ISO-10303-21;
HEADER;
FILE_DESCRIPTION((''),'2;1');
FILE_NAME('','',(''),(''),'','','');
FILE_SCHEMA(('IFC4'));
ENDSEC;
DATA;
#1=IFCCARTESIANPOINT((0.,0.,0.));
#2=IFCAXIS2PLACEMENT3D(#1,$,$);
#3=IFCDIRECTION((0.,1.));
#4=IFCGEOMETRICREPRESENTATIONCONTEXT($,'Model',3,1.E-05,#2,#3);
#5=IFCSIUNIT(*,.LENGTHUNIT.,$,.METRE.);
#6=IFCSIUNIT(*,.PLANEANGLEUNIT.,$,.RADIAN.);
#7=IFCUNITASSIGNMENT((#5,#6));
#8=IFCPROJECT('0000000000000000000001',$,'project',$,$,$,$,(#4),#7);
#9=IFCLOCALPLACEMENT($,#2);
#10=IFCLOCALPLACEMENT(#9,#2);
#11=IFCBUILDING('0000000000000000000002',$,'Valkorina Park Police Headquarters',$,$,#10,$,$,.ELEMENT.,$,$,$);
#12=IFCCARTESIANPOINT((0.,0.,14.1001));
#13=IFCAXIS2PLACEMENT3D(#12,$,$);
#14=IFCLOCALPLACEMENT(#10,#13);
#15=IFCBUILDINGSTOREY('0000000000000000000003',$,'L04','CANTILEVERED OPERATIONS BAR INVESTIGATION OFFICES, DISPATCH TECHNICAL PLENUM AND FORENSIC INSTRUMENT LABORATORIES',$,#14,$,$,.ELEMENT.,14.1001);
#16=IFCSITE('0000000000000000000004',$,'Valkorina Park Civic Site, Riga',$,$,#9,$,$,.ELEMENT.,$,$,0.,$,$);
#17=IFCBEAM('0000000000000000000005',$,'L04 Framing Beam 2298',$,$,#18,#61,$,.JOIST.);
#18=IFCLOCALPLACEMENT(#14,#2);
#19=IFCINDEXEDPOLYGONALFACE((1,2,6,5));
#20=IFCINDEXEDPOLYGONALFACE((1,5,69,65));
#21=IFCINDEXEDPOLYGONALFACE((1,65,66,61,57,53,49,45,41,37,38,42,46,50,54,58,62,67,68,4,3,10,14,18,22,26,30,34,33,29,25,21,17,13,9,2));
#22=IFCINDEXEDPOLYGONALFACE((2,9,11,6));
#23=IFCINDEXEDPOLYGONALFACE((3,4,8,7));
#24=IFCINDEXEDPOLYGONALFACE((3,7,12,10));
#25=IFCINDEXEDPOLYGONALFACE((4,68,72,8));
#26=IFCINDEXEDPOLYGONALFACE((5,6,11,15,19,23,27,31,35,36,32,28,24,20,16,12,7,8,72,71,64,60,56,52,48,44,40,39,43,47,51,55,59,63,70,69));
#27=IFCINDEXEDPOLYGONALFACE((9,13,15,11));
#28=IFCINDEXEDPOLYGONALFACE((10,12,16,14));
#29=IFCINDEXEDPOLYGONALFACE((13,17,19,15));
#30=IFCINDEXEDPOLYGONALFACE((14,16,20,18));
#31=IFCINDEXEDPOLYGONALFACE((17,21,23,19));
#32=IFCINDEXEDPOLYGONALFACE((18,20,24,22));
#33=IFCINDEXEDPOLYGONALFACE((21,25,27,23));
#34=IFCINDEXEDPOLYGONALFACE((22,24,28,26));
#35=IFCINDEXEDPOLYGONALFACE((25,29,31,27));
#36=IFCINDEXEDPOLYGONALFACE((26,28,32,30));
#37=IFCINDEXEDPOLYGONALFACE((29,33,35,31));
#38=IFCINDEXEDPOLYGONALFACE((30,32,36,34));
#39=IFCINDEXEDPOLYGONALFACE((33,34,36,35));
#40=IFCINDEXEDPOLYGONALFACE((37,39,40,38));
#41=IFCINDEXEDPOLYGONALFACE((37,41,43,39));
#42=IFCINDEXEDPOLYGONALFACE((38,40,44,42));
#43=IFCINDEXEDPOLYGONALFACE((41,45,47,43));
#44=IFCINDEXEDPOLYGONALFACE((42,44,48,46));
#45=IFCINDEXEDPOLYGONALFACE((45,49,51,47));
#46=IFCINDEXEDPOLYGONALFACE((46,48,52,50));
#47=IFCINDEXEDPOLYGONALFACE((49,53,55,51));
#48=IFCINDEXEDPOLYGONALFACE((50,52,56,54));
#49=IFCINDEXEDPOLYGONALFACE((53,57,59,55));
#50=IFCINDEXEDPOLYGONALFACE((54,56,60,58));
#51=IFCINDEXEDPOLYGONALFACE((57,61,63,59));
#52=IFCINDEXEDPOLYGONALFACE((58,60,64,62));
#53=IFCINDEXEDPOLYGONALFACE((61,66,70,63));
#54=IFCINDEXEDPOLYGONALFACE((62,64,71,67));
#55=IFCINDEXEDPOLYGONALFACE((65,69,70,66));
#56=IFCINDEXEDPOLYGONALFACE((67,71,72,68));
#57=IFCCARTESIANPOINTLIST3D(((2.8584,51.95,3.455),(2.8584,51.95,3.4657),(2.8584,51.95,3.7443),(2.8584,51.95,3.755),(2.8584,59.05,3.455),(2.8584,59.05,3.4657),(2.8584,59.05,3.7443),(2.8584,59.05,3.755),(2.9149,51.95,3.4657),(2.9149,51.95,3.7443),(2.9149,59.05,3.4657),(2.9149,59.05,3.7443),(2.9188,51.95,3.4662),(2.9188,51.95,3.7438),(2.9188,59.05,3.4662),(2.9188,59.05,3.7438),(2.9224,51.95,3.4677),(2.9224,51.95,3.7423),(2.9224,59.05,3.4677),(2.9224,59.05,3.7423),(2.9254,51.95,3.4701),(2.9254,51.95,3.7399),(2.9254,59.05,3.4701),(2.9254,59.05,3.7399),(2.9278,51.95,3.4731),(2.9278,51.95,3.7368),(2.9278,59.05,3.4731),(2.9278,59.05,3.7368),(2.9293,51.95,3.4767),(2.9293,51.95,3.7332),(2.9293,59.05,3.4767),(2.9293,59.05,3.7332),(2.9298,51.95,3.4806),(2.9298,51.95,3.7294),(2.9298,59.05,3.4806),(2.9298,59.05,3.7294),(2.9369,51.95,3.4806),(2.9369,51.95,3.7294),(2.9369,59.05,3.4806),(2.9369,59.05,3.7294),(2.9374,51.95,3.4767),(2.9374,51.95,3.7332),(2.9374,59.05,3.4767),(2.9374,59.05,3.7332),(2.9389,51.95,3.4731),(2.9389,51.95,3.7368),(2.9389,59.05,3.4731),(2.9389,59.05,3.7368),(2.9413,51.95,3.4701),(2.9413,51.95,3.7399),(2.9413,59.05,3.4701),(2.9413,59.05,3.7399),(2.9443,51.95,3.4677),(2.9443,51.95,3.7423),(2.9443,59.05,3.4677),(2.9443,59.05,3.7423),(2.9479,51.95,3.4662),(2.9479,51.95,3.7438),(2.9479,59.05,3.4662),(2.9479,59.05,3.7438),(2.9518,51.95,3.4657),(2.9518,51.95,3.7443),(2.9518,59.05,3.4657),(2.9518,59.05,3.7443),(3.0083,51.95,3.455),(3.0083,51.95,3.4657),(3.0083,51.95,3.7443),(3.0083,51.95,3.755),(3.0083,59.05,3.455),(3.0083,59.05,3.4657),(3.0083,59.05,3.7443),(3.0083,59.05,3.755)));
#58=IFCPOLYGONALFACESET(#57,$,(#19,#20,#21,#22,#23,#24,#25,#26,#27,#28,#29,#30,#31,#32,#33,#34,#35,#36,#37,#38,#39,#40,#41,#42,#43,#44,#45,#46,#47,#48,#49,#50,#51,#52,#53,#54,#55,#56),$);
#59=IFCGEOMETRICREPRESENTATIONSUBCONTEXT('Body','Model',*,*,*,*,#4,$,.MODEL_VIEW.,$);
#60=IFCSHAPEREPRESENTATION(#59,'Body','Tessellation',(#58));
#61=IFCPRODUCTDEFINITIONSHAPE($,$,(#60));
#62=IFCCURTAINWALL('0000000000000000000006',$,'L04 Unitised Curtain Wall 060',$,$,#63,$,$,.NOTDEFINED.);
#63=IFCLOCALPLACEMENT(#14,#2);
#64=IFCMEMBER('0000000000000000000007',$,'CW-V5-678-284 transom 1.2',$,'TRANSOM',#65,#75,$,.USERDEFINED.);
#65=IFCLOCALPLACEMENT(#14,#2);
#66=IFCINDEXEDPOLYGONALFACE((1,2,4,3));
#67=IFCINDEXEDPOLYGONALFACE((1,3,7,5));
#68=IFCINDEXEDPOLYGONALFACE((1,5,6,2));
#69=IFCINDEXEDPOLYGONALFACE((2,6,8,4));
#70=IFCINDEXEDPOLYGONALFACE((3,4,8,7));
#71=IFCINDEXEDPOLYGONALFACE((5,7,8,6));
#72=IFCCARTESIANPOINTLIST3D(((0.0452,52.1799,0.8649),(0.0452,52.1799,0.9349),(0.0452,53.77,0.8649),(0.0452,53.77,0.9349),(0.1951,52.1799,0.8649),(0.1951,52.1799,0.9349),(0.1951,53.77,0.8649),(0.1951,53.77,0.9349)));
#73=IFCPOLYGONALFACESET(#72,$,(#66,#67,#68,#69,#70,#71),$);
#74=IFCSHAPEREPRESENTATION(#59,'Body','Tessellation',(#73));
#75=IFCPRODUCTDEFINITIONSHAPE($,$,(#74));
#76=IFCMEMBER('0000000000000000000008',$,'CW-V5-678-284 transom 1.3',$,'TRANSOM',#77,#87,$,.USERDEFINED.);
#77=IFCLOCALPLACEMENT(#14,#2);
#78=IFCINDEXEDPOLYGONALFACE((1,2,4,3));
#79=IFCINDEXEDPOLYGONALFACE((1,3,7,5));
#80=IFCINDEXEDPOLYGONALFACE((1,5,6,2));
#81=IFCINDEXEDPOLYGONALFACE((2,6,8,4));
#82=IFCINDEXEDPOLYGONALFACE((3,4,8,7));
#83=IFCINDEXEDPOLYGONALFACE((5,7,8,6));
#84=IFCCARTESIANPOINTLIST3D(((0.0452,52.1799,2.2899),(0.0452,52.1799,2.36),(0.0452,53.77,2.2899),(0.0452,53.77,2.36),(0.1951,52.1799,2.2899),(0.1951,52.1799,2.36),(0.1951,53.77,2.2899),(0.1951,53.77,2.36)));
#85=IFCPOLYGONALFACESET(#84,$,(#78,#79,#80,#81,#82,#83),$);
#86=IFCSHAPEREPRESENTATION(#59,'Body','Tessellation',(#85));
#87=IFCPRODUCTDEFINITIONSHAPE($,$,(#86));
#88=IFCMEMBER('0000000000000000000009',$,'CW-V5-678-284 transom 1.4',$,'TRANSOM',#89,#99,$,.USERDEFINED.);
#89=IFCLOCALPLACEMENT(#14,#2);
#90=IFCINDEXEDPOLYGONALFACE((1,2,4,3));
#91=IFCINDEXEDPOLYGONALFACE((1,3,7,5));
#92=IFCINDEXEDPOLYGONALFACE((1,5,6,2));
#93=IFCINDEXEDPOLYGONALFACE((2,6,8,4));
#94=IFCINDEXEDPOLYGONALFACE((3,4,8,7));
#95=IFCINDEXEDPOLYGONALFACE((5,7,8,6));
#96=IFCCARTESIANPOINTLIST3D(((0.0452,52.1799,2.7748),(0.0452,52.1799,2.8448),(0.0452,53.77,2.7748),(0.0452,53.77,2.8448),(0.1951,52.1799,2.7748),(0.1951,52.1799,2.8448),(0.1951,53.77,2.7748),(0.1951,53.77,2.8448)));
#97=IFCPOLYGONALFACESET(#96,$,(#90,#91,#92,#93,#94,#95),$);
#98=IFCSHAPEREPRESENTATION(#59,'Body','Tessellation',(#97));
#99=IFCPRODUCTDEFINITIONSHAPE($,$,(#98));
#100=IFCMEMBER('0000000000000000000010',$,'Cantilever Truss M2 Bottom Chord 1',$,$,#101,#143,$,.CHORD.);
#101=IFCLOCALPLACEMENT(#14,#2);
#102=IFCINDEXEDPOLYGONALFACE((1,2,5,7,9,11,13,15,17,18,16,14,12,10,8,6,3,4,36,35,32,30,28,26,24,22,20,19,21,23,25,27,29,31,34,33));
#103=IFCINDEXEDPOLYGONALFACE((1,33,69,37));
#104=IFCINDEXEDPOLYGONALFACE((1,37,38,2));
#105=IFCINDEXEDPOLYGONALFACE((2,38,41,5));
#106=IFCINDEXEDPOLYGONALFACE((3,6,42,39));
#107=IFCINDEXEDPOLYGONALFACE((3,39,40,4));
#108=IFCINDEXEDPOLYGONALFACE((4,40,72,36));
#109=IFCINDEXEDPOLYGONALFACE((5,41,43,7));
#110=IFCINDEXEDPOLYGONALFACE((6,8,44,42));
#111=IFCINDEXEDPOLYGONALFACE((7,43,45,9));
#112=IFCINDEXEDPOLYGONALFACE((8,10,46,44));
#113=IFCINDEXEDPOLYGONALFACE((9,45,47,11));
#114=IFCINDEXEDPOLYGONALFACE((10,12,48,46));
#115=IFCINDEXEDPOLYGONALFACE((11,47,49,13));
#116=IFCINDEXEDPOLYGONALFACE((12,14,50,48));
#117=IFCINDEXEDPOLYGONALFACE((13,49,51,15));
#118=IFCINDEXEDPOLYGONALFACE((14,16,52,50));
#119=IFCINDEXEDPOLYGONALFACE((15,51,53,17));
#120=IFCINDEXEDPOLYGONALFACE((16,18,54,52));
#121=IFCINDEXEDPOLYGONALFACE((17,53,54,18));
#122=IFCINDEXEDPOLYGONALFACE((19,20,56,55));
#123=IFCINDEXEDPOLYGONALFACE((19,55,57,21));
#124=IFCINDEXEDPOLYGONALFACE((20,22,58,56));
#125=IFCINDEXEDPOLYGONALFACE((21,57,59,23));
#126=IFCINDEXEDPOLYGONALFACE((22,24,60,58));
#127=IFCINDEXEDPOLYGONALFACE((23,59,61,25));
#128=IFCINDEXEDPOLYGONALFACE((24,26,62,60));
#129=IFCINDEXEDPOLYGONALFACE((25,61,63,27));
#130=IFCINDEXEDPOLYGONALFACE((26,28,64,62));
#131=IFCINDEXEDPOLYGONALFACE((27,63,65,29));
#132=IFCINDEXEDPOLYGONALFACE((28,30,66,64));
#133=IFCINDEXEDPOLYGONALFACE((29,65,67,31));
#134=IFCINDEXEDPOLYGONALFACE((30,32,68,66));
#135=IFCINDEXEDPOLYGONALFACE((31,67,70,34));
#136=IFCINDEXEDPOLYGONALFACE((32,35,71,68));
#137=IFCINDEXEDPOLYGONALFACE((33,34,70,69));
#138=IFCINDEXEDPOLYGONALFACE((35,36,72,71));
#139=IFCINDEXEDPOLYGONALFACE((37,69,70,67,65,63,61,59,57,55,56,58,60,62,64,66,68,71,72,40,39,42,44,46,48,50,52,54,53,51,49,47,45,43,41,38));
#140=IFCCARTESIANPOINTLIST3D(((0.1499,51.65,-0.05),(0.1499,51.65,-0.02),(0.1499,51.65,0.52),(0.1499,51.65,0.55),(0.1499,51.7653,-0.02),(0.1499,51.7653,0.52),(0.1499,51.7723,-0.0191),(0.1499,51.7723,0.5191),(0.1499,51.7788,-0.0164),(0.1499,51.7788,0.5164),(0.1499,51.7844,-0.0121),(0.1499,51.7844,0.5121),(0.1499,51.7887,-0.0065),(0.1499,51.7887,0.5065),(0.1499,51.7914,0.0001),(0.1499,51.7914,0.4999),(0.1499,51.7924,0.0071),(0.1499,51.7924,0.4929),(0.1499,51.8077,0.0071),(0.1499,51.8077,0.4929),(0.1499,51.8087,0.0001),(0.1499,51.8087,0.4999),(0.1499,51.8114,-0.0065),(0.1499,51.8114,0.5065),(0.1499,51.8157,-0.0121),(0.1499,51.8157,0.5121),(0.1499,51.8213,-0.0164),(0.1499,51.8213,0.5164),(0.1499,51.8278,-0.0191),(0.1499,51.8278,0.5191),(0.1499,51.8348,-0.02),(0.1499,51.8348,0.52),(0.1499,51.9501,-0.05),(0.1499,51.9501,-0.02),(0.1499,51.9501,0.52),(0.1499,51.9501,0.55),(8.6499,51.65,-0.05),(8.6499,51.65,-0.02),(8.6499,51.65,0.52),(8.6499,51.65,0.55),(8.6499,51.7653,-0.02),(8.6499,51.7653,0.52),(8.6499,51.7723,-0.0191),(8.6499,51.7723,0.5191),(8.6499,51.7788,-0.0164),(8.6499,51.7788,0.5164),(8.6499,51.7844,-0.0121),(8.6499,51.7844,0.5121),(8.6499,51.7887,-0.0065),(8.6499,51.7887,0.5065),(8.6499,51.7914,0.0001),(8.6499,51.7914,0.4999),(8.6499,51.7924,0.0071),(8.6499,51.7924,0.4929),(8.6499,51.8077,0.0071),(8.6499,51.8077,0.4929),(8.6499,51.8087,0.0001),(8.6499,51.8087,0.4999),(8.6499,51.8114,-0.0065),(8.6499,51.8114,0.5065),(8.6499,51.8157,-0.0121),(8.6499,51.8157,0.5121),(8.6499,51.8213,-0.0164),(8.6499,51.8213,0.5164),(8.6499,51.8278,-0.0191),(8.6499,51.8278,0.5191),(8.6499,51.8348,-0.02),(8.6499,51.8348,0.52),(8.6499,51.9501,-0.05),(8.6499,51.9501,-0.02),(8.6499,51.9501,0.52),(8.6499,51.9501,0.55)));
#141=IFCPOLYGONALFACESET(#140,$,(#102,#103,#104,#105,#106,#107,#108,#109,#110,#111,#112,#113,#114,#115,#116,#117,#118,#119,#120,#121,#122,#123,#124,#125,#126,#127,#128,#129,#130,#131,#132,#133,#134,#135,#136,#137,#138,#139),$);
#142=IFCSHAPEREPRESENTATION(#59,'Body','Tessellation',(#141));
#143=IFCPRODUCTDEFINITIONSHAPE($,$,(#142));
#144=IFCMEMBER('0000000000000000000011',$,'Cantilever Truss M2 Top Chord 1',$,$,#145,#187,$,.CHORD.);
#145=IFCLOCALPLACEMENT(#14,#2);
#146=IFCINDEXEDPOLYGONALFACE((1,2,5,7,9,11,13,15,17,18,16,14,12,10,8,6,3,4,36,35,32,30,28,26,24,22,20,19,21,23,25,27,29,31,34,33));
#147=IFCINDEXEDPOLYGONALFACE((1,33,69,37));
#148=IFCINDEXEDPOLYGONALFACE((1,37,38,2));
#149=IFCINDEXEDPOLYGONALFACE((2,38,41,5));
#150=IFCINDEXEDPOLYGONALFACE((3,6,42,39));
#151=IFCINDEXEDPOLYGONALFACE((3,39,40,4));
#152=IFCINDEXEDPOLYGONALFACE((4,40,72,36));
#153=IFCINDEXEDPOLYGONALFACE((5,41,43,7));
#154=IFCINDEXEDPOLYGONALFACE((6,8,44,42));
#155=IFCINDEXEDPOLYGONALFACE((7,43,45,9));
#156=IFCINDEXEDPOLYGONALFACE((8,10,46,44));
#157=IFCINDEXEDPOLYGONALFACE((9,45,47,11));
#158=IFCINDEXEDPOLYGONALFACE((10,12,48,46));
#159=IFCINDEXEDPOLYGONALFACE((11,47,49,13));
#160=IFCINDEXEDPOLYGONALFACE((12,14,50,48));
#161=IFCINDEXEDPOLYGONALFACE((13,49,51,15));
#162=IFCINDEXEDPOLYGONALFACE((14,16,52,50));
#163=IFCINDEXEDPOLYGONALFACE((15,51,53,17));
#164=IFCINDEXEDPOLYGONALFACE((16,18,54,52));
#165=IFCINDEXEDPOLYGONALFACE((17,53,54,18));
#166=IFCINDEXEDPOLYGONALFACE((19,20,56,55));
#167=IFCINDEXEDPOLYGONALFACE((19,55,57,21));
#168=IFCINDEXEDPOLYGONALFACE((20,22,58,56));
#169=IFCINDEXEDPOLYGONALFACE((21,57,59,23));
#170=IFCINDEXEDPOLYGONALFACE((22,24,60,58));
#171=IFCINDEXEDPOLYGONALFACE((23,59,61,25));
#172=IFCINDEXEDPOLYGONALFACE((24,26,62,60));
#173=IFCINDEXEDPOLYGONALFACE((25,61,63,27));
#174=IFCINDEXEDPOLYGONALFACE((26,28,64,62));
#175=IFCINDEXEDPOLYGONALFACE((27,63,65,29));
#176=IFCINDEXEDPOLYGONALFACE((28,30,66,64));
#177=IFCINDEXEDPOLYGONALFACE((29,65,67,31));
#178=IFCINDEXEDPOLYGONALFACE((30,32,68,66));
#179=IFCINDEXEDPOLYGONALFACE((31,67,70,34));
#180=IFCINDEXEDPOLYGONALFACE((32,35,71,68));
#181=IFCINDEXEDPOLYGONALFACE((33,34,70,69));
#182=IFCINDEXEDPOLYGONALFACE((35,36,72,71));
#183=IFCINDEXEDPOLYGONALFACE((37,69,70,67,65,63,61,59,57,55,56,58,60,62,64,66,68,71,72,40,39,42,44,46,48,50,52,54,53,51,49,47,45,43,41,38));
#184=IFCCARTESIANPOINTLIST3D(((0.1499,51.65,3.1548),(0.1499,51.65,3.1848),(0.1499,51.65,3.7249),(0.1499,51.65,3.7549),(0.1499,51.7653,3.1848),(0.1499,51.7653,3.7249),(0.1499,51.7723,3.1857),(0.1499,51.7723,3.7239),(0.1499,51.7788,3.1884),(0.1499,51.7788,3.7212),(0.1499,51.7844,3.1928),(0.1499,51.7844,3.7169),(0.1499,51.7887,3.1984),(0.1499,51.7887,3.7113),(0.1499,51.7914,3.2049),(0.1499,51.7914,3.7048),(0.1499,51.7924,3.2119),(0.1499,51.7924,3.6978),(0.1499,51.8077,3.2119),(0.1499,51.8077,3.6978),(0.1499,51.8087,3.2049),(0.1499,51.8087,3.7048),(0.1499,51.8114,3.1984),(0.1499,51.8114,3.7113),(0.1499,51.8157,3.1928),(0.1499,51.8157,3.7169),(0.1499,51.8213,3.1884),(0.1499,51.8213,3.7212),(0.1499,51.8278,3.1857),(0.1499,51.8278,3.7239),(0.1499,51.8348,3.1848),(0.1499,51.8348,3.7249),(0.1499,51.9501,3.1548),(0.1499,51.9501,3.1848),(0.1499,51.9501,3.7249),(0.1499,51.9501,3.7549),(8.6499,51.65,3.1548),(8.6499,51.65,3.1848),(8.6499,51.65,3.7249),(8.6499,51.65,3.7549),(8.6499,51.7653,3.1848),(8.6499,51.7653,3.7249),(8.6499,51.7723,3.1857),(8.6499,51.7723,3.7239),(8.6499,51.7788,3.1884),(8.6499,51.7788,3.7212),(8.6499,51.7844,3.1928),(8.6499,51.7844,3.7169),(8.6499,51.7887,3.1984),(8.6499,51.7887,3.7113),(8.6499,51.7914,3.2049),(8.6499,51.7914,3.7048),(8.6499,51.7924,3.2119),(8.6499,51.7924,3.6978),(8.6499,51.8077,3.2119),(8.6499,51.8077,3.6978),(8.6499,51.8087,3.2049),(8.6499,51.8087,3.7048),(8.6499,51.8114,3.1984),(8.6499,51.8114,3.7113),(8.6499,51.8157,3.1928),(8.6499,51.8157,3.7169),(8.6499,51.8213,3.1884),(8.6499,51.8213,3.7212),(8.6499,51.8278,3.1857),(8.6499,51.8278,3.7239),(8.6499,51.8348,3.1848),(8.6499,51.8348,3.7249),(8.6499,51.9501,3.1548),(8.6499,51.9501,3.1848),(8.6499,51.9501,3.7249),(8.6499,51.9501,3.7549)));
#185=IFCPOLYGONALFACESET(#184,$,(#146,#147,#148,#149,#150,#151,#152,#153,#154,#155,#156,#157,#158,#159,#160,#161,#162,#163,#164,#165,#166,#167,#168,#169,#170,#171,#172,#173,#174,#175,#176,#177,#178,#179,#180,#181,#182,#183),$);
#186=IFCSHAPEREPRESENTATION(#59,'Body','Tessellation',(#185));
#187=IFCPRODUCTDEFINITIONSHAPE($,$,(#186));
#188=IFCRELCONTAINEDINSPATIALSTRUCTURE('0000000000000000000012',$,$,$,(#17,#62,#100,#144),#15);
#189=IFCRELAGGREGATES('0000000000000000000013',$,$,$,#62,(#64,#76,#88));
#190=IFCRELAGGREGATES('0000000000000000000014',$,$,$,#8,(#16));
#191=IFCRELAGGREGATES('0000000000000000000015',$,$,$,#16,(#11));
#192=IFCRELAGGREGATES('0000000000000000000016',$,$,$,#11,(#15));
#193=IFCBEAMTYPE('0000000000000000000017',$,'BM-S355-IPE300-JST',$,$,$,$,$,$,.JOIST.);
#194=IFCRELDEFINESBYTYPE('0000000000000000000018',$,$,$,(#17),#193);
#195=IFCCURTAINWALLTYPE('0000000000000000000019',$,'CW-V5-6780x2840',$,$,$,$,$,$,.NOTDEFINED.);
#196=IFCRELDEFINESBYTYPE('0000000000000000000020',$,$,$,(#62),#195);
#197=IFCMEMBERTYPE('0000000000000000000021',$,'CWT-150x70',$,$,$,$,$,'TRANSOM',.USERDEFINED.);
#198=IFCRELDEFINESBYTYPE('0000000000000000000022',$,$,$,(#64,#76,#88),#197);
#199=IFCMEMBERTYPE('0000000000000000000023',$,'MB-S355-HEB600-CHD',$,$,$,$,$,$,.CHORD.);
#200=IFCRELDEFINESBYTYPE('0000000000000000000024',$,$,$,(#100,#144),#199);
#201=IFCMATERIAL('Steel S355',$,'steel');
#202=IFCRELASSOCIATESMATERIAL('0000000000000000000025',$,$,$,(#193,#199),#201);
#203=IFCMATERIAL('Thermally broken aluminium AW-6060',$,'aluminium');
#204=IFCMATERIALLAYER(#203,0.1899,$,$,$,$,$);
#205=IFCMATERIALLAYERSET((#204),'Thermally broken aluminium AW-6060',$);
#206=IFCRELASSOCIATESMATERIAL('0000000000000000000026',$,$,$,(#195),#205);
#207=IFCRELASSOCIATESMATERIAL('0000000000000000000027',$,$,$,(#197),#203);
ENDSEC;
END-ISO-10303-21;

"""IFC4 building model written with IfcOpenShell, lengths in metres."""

from ifc_helpers import new_model, si_unit, direction, frame, origin, origin_2d, place, context, subcontext, project, spatial, rectangle, i_section, extrude, material, layer, layer_set, material_profile, profile_set, type_object, element, aggregate, save


model = new_model("IFC4")

# Units and contexts
model_context = context("Model", 3, precision=1e-05, world=origin(), true_north=direction((0.0, 1.0)))
body_context = subcontext(model_context, "Body", "Model", "MODEL_VIEW")
ifc_project = project(units=[si_unit("LENGTHUNIT", "METRE"), si_unit("PLANEANGLEUNIT", "RADIAN")], contexts=[model_context])

# Site, building, storey
site_placement = place(None, origin())
site = spatial("IfcSite", under=ifc_project, at=site_placement, Name="Valkorina Park Civic Site, Riga", CompositionType="ELEMENT", RefElevation=0.0)
building_placement = place(site_placement, origin())
building = spatial("IfcBuilding", under=site, at=building_placement, Name="Valkorina Park Police Headquarters", CompositionType="ELEMENT")
storey_placement = place(building_placement, frame((0.0, 0.0, 14.1001)))
storey = spatial("IfcBuildingStorey", under=building, at=storey_placement, Name="L04", Description="CANTILEVERED OPERATIONS BAR INVESTIGATION OFFICES, DISPATCH TECHNICAL PLENUM AND FORENSIC INSTRUMENT LABORATORIES", CompositionType="ELEMENT", Elevation=14.1001)

# Beam
ifc_material_1 = material(Name="Steel S355", Category="steel")
ifc_material_profile_1 = material_profile(ifc_material_1, i_section(OverallWidth=0.1499, OverallDepth=0.3, WebThickness=0.0071, FlangeThickness=0.0107, FilletRadius=0.0149, at=origin_2d()), Name="IPE 300")
ifc_profile_set_1 = profile_set([ifc_material_profile_1], Name="Steel S355")
beam_type = type_object("IfcBeamType", Name="BM-S355-IPE300-JST", PredefinedType="JOIST", material=ifc_profile_set_1)
beam_placement = place(storey_placement, frame((2.9333, 51.95, 3.605), z_axis=(0.0, 1.0, 0.0), x_axis=(-1.0, 0.0, 0.0)))
element("IfcBeam", 1, at=beam_placement, inside=storey, type_object=beam_type, Name="L04 Framing Beam 2298", PredefinedType="JOIST", context=body_context, shape_type="SweptSolid", body=[
    extrude(i_section(OverallWidth=0.1499, OverallDepth=0.3, WebThickness=0.0071, FlangeThickness=0.0107, FilletRadius=0.0149, at=origin_2d()), origin(), (0.0, 0.0, 1.0), 7.1001),
])

# Curtain wall, members
ifc_material_2 = material(Name="Thermally broken aluminium AW-6060", Category="aluminium")
ifc_layer_1 = layer(ifc_material_2, 0.1899)
ifc_layer_set_1 = layer_set([ifc_layer_1], Name="Thermally broken aluminium AW-6060")
curtain_wall_type = type_object("IfcCurtainWallType", Name="CW-V5-6780x2840", PredefinedType="NOTDEFINED", material=ifc_layer_set_1)
curtain_wall_placement = place(storey_placement, origin())
curtain_wall = element("IfcCurtainWall", 2, at=curtain_wall_placement, inside=storey, type_object=curtain_wall_type, Name="L04 Unitised Curtain Wall 060", PredefinedType="NOTDEFINED")
ifc_material_profile_2 = material_profile(ifc_material_2, rectangle(XDim=0.1499, YDim=0.0701, at=origin_2d()), Name="CWT-02 150x70")
ifc_profile_set_2 = profile_set([ifc_material_profile_2], Name="Thermally broken aluminium AW-6060")
member_type_1 = type_object("IfcMemberType", Name="CWT-150x70", ElementType="TRANSOM", PredefinedType="USERDEFINED", material=ifc_profile_set_2)
member_1_placement = place(storey_placement, frame((0.1201, 52.1799, 0.8999), z_axis=(0.0, 1.0, 0.0), x_axis=(-1.0, 0.0, 0.0)))
member_1 = element("IfcMember", 3, at=member_1_placement, type_object=member_type_1, Name="CW-V5-678-284 transom 1.2", ObjectType="TRANSOM", PredefinedType="USERDEFINED", context=body_context, shape_type="SweptSolid", body=[
    extrude(rectangle(XDim=0.1499, YDim=0.0701, at=origin_2d()), origin(), (0.0, 0.0, 1.0), 1.5901),
])
member_2_placement = place(storey_placement, frame((0.1201, 52.1799, 2.325), z_axis=(0.0, 1.0, 0.0), x_axis=(-1.0, 0.0, 0.0)))
member_2 = element("IfcMember", 4, at=member_2_placement, type_object=member_type_1, Name="CW-V5-678-284 transom 1.3", ObjectType="TRANSOM", PredefinedType="USERDEFINED", context=body_context, shape_type="SweptSolid", body=[
    extrude(rectangle(XDim=0.1499, YDim=0.0701, at=origin_2d()), origin(), (0.0, 0.0, 1.0), 1.5901),
])
member_3_placement = place(storey_placement, frame((0.1201, 52.1799, 2.8098), z_axis=(0.0, 1.0, 0.0), x_axis=(-1.0, 0.0, 0.0)))
member_3 = element("IfcMember", 5, at=member_3_placement, type_object=member_type_1, Name="CW-V5-678-284 transom 1.4", ObjectType="TRANSOM", PredefinedType="USERDEFINED", context=body_context, shape_type="SweptSolid", body=[
    extrude(rectangle(XDim=0.1499, YDim=0.0701, at=origin_2d()), origin(), (0.0, 0.0, 1.0), 1.5901),
])

# Members
ifc_material_profile_3 = material_profile(ifc_material_1, i_section(OverallWidth=0.3, OverallDepth=0.6001, WebThickness=0.0154, FlangeThickness=0.03, FilletRadius=0.0271, at=origin_2d()), Name="HEB 600")
ifc_profile_set_3 = profile_set([ifc_material_profile_3], Name="Steel S355")
member_type_2 = type_object("IfcMemberType", Name="MB-S355-HEB600-CHD", PredefinedType="CHORD", material=ifc_profile_set_3)
for number, where, z_axis, x_axis, name in (
    (6, (0.1499, 51.8, 0.25), (1.0, 0.0, 0.0), (0.0, 1.0, 0.0), "Cantilever Truss M2 Bottom Chord 1"),
    (7, (0.1499, 51.8, 3.4548), (1.0, 0.0, 0.0), (0.0, 1.0, 0.0), "Cantilever Truss M2 Top Chord 1"),
):
    element("IfcMember", number, at=place(storey_placement, frame(where, z_axis=z_axis, x_axis=x_axis)), inside=storey, type_object=member_type_2, Name=name, PredefinedType="CHORD", context=body_context, shape_type="SweptSolid", body=[
        extrude(i_section(OverallWidth=0.3, OverallDepth=0.6001, WebThickness=0.0154, FlangeThickness=0.03, FilletRadius=0.0271, at=origin_2d()), origin(), (0.0, 0.0, 1.0), 8.5),
    ])

aggregate(curtain_wall, [member_1, member_2, member_3])

save(model, "model.ifc")
